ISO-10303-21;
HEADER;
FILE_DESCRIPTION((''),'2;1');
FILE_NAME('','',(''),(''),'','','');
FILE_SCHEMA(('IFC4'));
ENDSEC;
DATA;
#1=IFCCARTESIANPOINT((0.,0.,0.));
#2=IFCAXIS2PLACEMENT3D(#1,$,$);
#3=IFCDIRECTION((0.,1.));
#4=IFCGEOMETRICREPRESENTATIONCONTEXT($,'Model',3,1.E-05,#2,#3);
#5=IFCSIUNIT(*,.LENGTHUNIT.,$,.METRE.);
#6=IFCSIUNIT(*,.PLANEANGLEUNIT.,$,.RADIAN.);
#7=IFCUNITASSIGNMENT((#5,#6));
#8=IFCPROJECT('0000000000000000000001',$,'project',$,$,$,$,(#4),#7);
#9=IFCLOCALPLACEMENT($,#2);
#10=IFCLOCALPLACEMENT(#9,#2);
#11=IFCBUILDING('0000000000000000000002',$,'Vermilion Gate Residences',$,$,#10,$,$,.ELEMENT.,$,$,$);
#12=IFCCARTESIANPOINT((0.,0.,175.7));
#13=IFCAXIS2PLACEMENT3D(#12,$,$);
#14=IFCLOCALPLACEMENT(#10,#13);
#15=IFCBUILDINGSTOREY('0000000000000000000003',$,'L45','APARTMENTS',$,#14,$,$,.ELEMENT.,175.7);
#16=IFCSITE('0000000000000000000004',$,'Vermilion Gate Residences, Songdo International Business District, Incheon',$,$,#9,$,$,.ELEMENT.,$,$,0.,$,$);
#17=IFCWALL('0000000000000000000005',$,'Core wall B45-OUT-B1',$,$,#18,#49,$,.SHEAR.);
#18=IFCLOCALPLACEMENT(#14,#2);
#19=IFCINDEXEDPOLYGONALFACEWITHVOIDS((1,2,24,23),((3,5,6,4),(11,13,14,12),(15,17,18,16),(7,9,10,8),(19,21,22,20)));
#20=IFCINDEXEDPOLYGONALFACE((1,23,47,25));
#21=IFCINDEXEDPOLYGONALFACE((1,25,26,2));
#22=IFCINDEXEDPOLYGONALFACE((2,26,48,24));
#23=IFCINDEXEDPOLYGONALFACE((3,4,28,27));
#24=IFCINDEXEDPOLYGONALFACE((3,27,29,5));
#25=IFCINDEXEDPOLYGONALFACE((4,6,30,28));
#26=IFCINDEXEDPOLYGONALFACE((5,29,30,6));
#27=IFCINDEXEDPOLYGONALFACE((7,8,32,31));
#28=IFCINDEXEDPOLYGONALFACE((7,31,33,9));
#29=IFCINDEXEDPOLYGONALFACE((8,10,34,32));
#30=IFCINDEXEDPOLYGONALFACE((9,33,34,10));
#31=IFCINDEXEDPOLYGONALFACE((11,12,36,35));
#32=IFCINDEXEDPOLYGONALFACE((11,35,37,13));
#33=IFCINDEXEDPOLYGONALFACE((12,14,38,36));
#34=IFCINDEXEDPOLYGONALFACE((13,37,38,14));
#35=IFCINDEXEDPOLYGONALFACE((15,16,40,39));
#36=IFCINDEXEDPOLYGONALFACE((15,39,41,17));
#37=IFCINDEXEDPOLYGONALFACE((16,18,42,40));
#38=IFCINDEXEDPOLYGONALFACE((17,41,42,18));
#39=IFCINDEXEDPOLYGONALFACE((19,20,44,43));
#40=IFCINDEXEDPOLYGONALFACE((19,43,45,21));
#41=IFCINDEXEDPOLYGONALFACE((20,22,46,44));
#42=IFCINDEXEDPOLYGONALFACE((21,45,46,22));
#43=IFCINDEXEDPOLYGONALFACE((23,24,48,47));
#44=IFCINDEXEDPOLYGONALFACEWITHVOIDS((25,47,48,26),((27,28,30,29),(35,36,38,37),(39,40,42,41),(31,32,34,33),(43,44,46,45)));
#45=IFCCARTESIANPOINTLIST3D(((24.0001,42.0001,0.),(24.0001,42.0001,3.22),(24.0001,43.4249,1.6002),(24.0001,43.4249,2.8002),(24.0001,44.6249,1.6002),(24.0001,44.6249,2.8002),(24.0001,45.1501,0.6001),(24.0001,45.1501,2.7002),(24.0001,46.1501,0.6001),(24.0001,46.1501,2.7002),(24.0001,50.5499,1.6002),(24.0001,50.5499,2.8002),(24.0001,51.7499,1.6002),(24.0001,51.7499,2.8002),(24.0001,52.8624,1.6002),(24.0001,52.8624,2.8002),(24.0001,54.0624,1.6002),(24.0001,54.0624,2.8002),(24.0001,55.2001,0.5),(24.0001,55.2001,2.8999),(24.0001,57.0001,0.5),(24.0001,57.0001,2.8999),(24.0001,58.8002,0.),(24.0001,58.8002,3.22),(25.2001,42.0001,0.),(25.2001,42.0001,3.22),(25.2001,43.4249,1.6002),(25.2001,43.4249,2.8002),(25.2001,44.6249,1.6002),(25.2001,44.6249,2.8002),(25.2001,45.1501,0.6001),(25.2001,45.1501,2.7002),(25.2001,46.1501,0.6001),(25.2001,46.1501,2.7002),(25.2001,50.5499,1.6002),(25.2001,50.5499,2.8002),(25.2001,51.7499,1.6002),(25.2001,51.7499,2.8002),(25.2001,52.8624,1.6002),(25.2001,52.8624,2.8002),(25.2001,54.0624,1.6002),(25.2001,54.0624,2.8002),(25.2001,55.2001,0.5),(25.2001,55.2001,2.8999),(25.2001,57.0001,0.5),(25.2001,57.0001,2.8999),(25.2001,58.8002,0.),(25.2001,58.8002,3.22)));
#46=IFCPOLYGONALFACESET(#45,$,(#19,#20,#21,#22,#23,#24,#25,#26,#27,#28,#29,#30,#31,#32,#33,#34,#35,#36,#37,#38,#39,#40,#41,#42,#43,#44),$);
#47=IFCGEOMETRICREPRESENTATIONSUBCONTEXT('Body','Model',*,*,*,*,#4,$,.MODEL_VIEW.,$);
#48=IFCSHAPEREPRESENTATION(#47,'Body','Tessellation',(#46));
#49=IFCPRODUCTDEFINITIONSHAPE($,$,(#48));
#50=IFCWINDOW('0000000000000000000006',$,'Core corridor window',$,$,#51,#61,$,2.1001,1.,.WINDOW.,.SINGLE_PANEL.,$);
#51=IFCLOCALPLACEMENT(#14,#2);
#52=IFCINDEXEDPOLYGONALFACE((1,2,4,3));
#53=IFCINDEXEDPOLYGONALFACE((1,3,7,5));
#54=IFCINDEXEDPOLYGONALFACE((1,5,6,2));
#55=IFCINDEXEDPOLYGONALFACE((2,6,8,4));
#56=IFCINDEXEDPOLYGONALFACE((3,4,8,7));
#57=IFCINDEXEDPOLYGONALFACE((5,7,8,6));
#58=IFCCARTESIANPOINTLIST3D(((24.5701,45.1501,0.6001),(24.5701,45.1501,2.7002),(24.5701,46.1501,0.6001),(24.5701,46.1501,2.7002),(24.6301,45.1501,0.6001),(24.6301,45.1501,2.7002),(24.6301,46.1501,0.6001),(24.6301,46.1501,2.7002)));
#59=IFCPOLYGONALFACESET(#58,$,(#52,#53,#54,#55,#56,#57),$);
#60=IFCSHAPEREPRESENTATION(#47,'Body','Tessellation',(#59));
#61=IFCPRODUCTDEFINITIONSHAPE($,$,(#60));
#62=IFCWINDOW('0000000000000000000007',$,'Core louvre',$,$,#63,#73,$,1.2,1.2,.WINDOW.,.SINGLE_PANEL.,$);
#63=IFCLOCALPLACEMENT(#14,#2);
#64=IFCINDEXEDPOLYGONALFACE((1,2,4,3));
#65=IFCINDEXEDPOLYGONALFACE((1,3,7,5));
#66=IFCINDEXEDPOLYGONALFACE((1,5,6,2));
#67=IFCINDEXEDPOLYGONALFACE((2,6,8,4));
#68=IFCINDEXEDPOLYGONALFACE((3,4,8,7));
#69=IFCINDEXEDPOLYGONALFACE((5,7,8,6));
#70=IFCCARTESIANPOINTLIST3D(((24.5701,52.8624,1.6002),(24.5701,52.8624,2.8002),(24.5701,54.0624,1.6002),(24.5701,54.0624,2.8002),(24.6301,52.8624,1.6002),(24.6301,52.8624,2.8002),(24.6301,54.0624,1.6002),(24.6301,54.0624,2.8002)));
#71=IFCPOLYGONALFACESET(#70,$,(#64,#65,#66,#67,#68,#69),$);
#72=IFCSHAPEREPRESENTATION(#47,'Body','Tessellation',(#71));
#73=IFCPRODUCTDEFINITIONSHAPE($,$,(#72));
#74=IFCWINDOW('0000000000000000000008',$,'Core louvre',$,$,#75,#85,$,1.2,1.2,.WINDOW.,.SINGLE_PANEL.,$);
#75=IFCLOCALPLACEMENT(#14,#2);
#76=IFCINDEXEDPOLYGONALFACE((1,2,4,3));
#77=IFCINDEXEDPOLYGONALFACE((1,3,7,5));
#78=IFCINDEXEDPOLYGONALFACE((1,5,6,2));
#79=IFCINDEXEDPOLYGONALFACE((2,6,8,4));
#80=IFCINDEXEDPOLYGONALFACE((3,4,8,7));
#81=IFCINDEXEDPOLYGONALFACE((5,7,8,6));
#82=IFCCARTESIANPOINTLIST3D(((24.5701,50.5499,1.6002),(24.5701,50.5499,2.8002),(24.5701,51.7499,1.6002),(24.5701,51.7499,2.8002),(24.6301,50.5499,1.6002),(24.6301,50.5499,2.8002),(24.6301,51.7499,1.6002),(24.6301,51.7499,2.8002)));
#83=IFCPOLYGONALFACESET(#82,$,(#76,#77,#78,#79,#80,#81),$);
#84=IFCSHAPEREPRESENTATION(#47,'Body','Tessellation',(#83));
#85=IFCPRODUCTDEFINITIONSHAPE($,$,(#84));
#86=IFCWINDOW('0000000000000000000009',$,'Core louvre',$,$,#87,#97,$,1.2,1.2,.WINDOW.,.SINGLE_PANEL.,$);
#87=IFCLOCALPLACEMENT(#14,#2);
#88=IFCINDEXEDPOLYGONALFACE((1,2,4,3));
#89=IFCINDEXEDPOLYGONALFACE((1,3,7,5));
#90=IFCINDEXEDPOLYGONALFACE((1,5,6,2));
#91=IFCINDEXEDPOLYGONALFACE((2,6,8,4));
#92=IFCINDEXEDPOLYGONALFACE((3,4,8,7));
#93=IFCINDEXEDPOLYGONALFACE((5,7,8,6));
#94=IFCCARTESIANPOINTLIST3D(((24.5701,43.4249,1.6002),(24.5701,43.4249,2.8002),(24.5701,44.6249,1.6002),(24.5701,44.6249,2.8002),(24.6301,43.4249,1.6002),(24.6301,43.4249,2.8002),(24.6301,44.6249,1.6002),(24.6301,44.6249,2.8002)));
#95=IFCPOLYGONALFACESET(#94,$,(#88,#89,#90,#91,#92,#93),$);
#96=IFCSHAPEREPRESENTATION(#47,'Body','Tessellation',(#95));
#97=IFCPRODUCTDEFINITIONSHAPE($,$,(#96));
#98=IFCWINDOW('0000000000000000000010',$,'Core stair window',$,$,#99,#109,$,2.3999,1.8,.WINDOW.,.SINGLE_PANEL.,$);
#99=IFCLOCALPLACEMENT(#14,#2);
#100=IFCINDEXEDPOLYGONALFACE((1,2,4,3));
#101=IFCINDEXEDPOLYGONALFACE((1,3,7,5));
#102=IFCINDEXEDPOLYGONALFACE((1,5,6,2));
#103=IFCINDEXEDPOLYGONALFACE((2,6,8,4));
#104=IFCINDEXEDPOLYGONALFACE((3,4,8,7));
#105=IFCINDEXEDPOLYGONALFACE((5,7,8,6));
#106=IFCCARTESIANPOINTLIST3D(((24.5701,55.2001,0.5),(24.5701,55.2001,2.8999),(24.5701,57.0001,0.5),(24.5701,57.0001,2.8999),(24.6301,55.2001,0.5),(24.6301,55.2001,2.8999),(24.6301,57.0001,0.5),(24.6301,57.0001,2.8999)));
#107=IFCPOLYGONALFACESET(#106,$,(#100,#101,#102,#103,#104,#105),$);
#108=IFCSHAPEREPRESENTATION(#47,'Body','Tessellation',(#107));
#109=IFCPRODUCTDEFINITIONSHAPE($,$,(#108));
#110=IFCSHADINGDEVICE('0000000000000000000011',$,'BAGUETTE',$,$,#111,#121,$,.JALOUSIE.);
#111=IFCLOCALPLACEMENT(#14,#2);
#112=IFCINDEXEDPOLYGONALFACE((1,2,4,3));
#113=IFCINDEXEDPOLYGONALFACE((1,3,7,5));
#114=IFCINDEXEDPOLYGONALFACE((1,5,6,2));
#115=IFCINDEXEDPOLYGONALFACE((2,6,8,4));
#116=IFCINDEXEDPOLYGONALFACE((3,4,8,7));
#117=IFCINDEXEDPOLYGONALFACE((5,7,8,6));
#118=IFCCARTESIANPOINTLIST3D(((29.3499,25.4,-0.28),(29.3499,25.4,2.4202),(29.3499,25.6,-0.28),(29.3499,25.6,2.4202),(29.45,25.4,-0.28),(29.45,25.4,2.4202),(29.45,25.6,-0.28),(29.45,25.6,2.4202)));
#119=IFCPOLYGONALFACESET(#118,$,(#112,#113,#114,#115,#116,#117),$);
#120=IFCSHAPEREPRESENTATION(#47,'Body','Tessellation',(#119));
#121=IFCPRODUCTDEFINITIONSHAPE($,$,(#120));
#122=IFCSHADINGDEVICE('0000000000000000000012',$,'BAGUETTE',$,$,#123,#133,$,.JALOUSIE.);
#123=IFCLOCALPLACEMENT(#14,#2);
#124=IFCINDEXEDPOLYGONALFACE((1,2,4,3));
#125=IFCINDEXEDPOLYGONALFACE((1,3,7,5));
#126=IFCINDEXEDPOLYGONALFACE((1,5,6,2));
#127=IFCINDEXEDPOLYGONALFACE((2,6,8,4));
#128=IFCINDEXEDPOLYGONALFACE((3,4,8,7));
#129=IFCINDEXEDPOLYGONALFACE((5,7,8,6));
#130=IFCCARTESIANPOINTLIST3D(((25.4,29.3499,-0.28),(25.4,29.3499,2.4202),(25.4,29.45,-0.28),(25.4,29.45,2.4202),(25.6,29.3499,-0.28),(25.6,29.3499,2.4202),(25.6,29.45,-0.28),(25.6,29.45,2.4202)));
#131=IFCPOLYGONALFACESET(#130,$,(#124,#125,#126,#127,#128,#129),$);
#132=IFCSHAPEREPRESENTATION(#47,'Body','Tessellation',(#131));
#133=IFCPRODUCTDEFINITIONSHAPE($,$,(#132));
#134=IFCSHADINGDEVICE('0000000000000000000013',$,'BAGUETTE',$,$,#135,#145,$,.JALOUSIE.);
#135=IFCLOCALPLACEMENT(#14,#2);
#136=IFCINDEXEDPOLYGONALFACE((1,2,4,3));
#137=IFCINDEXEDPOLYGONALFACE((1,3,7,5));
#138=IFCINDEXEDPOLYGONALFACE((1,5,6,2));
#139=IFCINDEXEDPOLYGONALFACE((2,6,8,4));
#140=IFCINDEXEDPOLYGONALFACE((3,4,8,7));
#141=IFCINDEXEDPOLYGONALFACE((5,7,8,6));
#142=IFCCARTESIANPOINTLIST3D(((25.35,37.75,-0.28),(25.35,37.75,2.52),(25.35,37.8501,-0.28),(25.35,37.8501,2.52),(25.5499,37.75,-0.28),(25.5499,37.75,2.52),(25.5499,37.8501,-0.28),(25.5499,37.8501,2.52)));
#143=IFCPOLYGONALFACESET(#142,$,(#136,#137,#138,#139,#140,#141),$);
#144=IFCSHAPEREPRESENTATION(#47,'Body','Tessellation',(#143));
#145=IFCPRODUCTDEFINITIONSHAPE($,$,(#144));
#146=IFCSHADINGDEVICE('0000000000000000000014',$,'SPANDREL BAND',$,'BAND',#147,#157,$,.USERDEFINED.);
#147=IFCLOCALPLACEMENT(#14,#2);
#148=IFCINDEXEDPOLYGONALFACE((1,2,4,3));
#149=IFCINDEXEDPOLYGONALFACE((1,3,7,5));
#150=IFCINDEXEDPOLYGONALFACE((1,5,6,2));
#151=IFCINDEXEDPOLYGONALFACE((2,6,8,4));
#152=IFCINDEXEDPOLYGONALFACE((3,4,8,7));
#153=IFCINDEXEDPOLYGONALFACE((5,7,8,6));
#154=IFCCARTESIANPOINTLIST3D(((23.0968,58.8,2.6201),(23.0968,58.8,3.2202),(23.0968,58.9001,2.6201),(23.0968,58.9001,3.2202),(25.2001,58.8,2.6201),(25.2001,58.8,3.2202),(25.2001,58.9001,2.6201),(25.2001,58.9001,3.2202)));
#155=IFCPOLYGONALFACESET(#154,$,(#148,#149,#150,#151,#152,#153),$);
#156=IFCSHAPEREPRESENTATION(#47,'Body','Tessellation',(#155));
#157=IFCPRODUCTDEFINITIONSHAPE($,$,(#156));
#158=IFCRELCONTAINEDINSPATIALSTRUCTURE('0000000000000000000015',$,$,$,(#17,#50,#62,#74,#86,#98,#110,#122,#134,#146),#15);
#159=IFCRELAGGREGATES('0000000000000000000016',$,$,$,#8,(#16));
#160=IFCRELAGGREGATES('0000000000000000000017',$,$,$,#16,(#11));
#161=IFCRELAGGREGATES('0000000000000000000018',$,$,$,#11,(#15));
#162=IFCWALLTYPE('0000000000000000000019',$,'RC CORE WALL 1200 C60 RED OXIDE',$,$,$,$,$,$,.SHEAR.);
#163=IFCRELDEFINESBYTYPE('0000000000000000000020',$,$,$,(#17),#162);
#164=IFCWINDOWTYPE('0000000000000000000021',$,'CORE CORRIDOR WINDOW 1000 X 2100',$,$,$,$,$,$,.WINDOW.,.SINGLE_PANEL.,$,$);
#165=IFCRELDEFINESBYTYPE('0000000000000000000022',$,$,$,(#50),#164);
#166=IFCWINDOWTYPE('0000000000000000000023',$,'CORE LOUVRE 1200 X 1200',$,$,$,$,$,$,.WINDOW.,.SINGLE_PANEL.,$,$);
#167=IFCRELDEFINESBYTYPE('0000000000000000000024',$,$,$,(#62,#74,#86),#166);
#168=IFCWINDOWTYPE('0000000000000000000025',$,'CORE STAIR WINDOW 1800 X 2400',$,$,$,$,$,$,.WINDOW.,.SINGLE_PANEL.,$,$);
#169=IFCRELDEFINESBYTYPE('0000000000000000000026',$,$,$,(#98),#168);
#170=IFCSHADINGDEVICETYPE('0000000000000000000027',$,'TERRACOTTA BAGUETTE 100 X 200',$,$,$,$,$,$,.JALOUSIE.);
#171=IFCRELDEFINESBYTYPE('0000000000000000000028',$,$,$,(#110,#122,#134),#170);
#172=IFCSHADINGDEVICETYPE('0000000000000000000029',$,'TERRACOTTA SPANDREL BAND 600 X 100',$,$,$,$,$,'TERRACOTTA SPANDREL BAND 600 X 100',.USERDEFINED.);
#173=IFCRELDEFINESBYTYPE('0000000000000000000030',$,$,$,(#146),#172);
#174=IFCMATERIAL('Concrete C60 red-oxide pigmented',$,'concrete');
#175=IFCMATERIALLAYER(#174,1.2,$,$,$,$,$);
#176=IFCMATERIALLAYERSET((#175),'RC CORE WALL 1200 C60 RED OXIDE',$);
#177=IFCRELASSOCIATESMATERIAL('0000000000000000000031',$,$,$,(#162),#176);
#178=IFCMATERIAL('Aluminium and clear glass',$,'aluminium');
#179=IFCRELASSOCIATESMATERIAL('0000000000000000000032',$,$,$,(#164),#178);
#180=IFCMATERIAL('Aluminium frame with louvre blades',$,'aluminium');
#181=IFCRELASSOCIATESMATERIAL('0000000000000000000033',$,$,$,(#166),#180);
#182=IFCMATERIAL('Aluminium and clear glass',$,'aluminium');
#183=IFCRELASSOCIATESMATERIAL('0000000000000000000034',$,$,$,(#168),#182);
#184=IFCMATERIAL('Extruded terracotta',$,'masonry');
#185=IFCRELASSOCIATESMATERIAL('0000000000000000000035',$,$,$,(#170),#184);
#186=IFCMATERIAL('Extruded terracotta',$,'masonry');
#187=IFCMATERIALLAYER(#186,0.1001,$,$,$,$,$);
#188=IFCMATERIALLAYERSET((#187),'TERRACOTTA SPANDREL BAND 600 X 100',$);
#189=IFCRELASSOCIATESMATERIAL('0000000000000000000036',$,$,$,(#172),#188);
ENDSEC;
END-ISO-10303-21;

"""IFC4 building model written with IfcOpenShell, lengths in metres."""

from ifc_helpers import new_model, si_unit, direction, frame, frame_2d, origin, origin_2d, place, context, subcontext, project, spatial, rectangle, extrude, material, layer, layer_set, material_profile, profile_set, type_object, element, fill, save


model = new_model("IFC4")

# Units and contexts
model_context = context("Model", 3, precision=1e-05, world=origin(), true_north=direction((0.0, 1.0)))
body_context = subcontext(model_context, "Body", "Model", "MODEL_VIEW")
ifc_project = project(units=[si_unit("LENGTHUNIT", "METRE"), si_unit("PLANEANGLEUNIT", "RADIAN")], contexts=[model_context])

# Site, building, storey
site_placement = place(None, origin())
site = spatial("IfcSite", under=ifc_project, at=site_placement, Name="Vermilion Gate Residences, Songdo International Business District, Incheon", CompositionType="ELEMENT", RefElevation=0.0)
building_placement = place(site_placement, origin())
building = spatial("IfcBuilding", under=site, at=building_placement, Name="Vermilion Gate Residences", CompositionType="ELEMENT")
storey_placement = place(building_placement, frame((0.0, 0.0, 175.7)))
storey = spatial("IfcBuildingStorey", under=building, at=storey_placement, Name="L45", Description="APARTMENTS", CompositionType="ELEMENT", Elevation=175.7)

# Wall, openings, windows
ifc_material_1 = material(Name="Concrete C60 red-oxide pigmented", Category="concrete")
ifc_layer_1 = layer(ifc_material_1, 1.2)
ifc_layer_set_1 = layer_set([ifc_layer_1], Name="RC CORE WALL 1200 C60 RED OXIDE")
wall_type_1 = type_object("IfcWallType", Name="RC CORE WALL 1200 C60 RED OXIDE", PredefinedType="SHEAR", material=ifc_layer_set_1)
wall_1_placement = place(storey_placement, frame((24.6001, 58.8, 0.0), z_axis=(0.0, 0.0, 1.0), x_axis=(0.0, -1.0, 0.0)))
wall_1 = element("IfcWall", 1, at=wall_1_placement, inside=storey, type_object=wall_type_1, Name="Core wall B45-OUT-B1", PredefinedType="SHEAR", context=body_context, shape_type="SweptSolid", body=[
    extrude(rectangle(XDim=16.8, YDim=1.2, at=frame_2d((8.3999, 0.0))), origin(), (0.0, 0.0, 1.0), 3.22),
])
opening_1_placement = place(wall_1_placement, frame((1.8, 0.0, 0.5)))
opening_1 = element("IfcOpeningElement", 2, at=opening_1_placement, cuts=wall_1, PredefinedType="OPENING", context=body_context, shape_type="SweptSolid", body=[
    extrude(rectangle(XDim=1.8, YDim=2.3999, at=frame_2d((0.8999, 1.2))), frame((0.0, 0.6099, 0.0), z_axis=(0.0, -1.0, 0.0), x_axis=(1.0, 0.0, 0.0)), (0.0, 0.0, 1.0), 1.22),
])
opening_2_placement = place(wall_1_placement, frame((4.7375, 0.0, 1.6001)))
opening_2 = element("IfcOpeningElement", 3, at=opening_2_placement, cuts=wall_1, PredefinedType="OPENING", context=body_context, shape_type="SweptSolid", body=[
    extrude(rectangle(XDim=1.2, YDim=1.2, at=frame_2d((0.6001, 0.6001))), frame((0.0, 0.6099, 0.0), z_axis=(0.0, -1.0, 0.0), x_axis=(1.0, 0.0, 0.0)), (0.0, 0.0, 1.0), 1.22),
])
opening_3_placement = place(wall_1_placement, frame((7.05, 0.0, 1.6001)))
opening_3 = element("IfcOpeningElement", 4, at=opening_3_placement, cuts=wall_1, PredefinedType="OPENING", context=body_context, shape_type="SweptSolid", body=[
    extrude(rectangle(XDim=1.2, YDim=1.2, at=frame_2d((0.6001, 0.6001))), frame((0.0, 0.6099, 0.0), z_axis=(0.0, -1.0, 0.0), x_axis=(1.0, 0.0, 0.0)), (0.0, 0.0, 1.0), 1.22),
])
opening_4_placement = place(wall_1_placement, frame((12.6499, 0.0, 0.6001)))
opening_4 = element("IfcOpeningElement", 5, at=opening_4_placement, cuts=wall_1, PredefinedType="OPENING", context=body_context, shape_type="SweptSolid", body=[
    extrude(rectangle(XDim=1.0, YDim=2.1001, at=frame_2d((0.5, 1.05))), frame((0.0, 0.6099, 0.0), z_axis=(0.0, -1.0, 0.0), x_axis=(1.0, 0.0, 0.0)), (0.0, 0.0, 1.0), 1.22),
])
opening_5_placement = place(wall_1_placement, frame((14.175, 0.0, 1.6001)))
opening_5 = element("IfcOpeningElement", 6, at=opening_5_placement, cuts=wall_1, PredefinedType="OPENING", context=body_context, shape_type="SweptSolid", body=[
    extrude(rectangle(XDim=1.2, YDim=1.2, at=frame_2d((0.6001, 0.6001))), frame((0.0, 0.6099, 0.0), z_axis=(0.0, -1.0, 0.0), x_axis=(1.0, 0.0, 0.0)), (0.0, 0.0, 1.0), 1.22),
])
ifc_material_2 = material(Name="Aluminium and clear glass", Category="aluminium")
window_type_1 = type_object("IfcWindowType", Name="CORE CORRIDOR WINDOW 1000 X 2100", PartitioningType="SINGLE_PANEL", PredefinedType="WINDOW", material=ifc_material_2)
window_1_placement = place(opening_4_placement, origin())
window_1 = element("IfcWindow", 7, at=window_1_placement, inside=storey, type_object=window_type_1, Name="Core corridor window", OverallHeight=2.1001, OverallWidth=1.0, PartitioningType="SINGLE_PANEL", PredefinedType="WINDOW", context=body_context, shape_type="SweptSolid", body=[
    extrude(rectangle(XDim=1.0, YDim=2.1001, at=frame_2d((0.5, 1.05))), frame((0.0, 0.03, 0.0), z_axis=(0.0, -1.0, 0.0), x_axis=(1.0, 0.0, 0.0)), (0.0, 0.0, 1.0), 0.0601),
])
fill(opening_4, window_1)
ifc_material_3 = material(Name="Aluminium frame with louvre blades", Category="aluminium")
window_type_2 = type_object("IfcWindowType", Name="CORE LOUVRE 1200 X 1200", PartitioningType="SINGLE_PANEL", PredefinedType="WINDOW", material=ifc_material_3)
window_2_placement = place(opening_2_placement, origin())
window_2 = element("IfcWindow", 8, at=window_2_placement, inside=storey, type_object=window_type_2, Name="Core louvre", OverallHeight=1.2, OverallWidth=1.2, PartitioningType="SINGLE_PANEL", PredefinedType="WINDOW", context=body_context, shape_type="SweptSolid", body=[
    extrude(rectangle(XDim=1.2, YDim=1.2, at=frame_2d((0.6001, 0.6001))), frame((0.0, 0.03, 0.0), z_axis=(0.0, -1.0, 0.0), x_axis=(1.0, 0.0, 0.0)), (0.0, 0.0, 1.0), 0.0601),
])
fill(opening_2, window_2)
window_3_placement = place(opening_3_placement, origin())
window_3 = element("IfcWindow", 9, at=window_3_placement, inside=storey, type_object=window_type_2, Name="Core louvre", OverallHeight=1.2, OverallWidth=1.2, PartitioningType="SINGLE_PANEL", PredefinedType="WINDOW", context=body_context, shape_type="SweptSolid", body=[
    extrude(rectangle(XDim=1.2, YDim=1.2, at=frame_2d((0.6001, 0.6001))), frame((0.0, 0.03, 0.0), z_axis=(0.0, -1.0, 0.0), x_axis=(1.0, 0.0, 0.0)), (0.0, 0.0, 1.0), 0.0601),
])
fill(opening_3, window_3)
window_4_placement = place(opening_5_placement, origin())
window_4 = element("IfcWindow", 10, at=window_4_placement, inside=storey, type_object=window_type_2, Name="Core louvre", OverallHeight=1.2, OverallWidth=1.2, PartitioningType="SINGLE_PANEL", PredefinedType="WINDOW", context=body_context, shape_type="SweptSolid", body=[
    extrude(rectangle(XDim=1.2, YDim=1.2, at=frame_2d((0.6001, 0.6001))), frame((0.0, 0.03, 0.0), z_axis=(0.0, -1.0, 0.0), x_axis=(1.0, 0.0, 0.0)), (0.0, 0.0, 1.0), 0.0601),
])
fill(opening_5, window_4)
ifc_material_4 = material(Name="Aluminium and clear glass", Category="aluminium")
window_type_3 = type_object("IfcWindowType", Name="CORE STAIR WINDOW 1800 X 2400", PartitioningType="SINGLE_PANEL", PredefinedType="WINDOW", material=ifc_material_4)
window_5_placement = place(opening_1_placement, origin())
window_5 = element("IfcWindow", 11, at=window_5_placement, inside=storey, type_object=window_type_3, Name="Core stair window", OverallHeight=2.3999, OverallWidth=1.8, PartitioningType="SINGLE_PANEL", PredefinedType="WINDOW", context=body_context, shape_type="SweptSolid", body=[
    extrude(rectangle(XDim=1.8, YDim=2.3999, at=frame_2d((0.8999, 1.2))), frame((0.0, 0.03, 0.0), z_axis=(0.0, -1.0, 0.0), x_axis=(1.0, 0.0, 0.0)), (0.0, 0.0, 1.0), 0.0601),
])
fill(opening_1, window_5)

# Shading devices
ifc_material_5 = material(Name="Extruded terracotta", Category="masonry")
ifc_material_profile_1 = material_profile(ifc_material_5, rectangle(XDim=0.2, YDim=0.1001, at=origin_2d()), Name="BAGUETTE 100 X 200")
ifc_profile_set_1 = profile_set([ifc_material_profile_1], Name="Extruded terracotta")
shading_device_type_1 = type_object("IfcShadingDeviceType", Name="TERRACOTTA BAGUETTE 100 X 200", PredefinedType="JALOUSIE", material=ifc_profile_set_1)
for number, where, z_axis, x_axis, name in (
    (12, (29.3999, 25.5, -0.28), (0.0, 0.0, 1.0), (0.0, -1.0, 0.0), "BAGUETTE"),
    (13, (25.5, 29.3999, -0.28), (0.0, 0.0, 1.0), (-1.0, 0.0, 0.0), "BAGUETTE"),
):
    element("IfcShadingDevice", number, at=place(storey_placement, frame(where, z_axis=z_axis, x_axis=x_axis)), inside=storey, type_object=shading_device_type_1, Name=name, PredefinedType="JALOUSIE", context=body_context, shape_type="SweptSolid", body=[
        extrude(rectangle(XDim=0.2, YDim=0.1001, at=origin_2d()), origin(), (0.0, 0.0, 1.0), 2.7002),
    ])
shading_device_1_placement = place(storey_placement, frame((25.45, 37.8, -0.28), z_axis=(0.0, 0.0, 1.0), x_axis=(-1.0, 0.0, 0.0)))
element("IfcShadingDevice", 14, at=shading_device_1_placement, inside=storey, type_object=shading_device_type_1, Name="BAGUETTE", PredefinedType="JALOUSIE", context=body_context, shape_type="SweptSolid", body=[
    extrude(rectangle(XDim=0.2, YDim=0.1001, at=origin_2d()), origin(), (0.0, 0.0, 1.0), 2.8),
])
ifc_material_6 = material(Name="Extruded terracotta", Category="masonry")
ifc_layer_2 = layer(ifc_material_6, 0.1001)
ifc_layer_set_2 = layer_set([ifc_layer_2], Name="TERRACOTTA SPANDREL BAND 600 X 100")
shading_device_type_2 = type_object("IfcShadingDeviceType", Name="TERRACOTTA SPANDREL BAND 600 X 100", ElementType="TERRACOTTA SPANDREL BAND 600 X 100", PredefinedType="USERDEFINED", material=ifc_layer_set_2)
shading_device_2_placement = place(storey_placement, frame((24.1484, 58.8501, 2.6201), z_axis=(0.0, 0.0, 1.0), x_axis=(1.0, 0.0, 0.0)))
element("IfcShadingDevice", 15, at=shading_device_2_placement, inside=storey, type_object=shading_device_type_2, Name="SPANDREL BAND", ObjectType="BAND", PredefinedType="USERDEFINED", context=body_context, shape_type="SweptSolid", body=[
    extrude(rectangle(XDim=2.1033, YDim=0.1001, at=origin_2d()), origin(), (0.0, 0.0, 1.0), 0.6001),
])

save(model, "model.ifc")
